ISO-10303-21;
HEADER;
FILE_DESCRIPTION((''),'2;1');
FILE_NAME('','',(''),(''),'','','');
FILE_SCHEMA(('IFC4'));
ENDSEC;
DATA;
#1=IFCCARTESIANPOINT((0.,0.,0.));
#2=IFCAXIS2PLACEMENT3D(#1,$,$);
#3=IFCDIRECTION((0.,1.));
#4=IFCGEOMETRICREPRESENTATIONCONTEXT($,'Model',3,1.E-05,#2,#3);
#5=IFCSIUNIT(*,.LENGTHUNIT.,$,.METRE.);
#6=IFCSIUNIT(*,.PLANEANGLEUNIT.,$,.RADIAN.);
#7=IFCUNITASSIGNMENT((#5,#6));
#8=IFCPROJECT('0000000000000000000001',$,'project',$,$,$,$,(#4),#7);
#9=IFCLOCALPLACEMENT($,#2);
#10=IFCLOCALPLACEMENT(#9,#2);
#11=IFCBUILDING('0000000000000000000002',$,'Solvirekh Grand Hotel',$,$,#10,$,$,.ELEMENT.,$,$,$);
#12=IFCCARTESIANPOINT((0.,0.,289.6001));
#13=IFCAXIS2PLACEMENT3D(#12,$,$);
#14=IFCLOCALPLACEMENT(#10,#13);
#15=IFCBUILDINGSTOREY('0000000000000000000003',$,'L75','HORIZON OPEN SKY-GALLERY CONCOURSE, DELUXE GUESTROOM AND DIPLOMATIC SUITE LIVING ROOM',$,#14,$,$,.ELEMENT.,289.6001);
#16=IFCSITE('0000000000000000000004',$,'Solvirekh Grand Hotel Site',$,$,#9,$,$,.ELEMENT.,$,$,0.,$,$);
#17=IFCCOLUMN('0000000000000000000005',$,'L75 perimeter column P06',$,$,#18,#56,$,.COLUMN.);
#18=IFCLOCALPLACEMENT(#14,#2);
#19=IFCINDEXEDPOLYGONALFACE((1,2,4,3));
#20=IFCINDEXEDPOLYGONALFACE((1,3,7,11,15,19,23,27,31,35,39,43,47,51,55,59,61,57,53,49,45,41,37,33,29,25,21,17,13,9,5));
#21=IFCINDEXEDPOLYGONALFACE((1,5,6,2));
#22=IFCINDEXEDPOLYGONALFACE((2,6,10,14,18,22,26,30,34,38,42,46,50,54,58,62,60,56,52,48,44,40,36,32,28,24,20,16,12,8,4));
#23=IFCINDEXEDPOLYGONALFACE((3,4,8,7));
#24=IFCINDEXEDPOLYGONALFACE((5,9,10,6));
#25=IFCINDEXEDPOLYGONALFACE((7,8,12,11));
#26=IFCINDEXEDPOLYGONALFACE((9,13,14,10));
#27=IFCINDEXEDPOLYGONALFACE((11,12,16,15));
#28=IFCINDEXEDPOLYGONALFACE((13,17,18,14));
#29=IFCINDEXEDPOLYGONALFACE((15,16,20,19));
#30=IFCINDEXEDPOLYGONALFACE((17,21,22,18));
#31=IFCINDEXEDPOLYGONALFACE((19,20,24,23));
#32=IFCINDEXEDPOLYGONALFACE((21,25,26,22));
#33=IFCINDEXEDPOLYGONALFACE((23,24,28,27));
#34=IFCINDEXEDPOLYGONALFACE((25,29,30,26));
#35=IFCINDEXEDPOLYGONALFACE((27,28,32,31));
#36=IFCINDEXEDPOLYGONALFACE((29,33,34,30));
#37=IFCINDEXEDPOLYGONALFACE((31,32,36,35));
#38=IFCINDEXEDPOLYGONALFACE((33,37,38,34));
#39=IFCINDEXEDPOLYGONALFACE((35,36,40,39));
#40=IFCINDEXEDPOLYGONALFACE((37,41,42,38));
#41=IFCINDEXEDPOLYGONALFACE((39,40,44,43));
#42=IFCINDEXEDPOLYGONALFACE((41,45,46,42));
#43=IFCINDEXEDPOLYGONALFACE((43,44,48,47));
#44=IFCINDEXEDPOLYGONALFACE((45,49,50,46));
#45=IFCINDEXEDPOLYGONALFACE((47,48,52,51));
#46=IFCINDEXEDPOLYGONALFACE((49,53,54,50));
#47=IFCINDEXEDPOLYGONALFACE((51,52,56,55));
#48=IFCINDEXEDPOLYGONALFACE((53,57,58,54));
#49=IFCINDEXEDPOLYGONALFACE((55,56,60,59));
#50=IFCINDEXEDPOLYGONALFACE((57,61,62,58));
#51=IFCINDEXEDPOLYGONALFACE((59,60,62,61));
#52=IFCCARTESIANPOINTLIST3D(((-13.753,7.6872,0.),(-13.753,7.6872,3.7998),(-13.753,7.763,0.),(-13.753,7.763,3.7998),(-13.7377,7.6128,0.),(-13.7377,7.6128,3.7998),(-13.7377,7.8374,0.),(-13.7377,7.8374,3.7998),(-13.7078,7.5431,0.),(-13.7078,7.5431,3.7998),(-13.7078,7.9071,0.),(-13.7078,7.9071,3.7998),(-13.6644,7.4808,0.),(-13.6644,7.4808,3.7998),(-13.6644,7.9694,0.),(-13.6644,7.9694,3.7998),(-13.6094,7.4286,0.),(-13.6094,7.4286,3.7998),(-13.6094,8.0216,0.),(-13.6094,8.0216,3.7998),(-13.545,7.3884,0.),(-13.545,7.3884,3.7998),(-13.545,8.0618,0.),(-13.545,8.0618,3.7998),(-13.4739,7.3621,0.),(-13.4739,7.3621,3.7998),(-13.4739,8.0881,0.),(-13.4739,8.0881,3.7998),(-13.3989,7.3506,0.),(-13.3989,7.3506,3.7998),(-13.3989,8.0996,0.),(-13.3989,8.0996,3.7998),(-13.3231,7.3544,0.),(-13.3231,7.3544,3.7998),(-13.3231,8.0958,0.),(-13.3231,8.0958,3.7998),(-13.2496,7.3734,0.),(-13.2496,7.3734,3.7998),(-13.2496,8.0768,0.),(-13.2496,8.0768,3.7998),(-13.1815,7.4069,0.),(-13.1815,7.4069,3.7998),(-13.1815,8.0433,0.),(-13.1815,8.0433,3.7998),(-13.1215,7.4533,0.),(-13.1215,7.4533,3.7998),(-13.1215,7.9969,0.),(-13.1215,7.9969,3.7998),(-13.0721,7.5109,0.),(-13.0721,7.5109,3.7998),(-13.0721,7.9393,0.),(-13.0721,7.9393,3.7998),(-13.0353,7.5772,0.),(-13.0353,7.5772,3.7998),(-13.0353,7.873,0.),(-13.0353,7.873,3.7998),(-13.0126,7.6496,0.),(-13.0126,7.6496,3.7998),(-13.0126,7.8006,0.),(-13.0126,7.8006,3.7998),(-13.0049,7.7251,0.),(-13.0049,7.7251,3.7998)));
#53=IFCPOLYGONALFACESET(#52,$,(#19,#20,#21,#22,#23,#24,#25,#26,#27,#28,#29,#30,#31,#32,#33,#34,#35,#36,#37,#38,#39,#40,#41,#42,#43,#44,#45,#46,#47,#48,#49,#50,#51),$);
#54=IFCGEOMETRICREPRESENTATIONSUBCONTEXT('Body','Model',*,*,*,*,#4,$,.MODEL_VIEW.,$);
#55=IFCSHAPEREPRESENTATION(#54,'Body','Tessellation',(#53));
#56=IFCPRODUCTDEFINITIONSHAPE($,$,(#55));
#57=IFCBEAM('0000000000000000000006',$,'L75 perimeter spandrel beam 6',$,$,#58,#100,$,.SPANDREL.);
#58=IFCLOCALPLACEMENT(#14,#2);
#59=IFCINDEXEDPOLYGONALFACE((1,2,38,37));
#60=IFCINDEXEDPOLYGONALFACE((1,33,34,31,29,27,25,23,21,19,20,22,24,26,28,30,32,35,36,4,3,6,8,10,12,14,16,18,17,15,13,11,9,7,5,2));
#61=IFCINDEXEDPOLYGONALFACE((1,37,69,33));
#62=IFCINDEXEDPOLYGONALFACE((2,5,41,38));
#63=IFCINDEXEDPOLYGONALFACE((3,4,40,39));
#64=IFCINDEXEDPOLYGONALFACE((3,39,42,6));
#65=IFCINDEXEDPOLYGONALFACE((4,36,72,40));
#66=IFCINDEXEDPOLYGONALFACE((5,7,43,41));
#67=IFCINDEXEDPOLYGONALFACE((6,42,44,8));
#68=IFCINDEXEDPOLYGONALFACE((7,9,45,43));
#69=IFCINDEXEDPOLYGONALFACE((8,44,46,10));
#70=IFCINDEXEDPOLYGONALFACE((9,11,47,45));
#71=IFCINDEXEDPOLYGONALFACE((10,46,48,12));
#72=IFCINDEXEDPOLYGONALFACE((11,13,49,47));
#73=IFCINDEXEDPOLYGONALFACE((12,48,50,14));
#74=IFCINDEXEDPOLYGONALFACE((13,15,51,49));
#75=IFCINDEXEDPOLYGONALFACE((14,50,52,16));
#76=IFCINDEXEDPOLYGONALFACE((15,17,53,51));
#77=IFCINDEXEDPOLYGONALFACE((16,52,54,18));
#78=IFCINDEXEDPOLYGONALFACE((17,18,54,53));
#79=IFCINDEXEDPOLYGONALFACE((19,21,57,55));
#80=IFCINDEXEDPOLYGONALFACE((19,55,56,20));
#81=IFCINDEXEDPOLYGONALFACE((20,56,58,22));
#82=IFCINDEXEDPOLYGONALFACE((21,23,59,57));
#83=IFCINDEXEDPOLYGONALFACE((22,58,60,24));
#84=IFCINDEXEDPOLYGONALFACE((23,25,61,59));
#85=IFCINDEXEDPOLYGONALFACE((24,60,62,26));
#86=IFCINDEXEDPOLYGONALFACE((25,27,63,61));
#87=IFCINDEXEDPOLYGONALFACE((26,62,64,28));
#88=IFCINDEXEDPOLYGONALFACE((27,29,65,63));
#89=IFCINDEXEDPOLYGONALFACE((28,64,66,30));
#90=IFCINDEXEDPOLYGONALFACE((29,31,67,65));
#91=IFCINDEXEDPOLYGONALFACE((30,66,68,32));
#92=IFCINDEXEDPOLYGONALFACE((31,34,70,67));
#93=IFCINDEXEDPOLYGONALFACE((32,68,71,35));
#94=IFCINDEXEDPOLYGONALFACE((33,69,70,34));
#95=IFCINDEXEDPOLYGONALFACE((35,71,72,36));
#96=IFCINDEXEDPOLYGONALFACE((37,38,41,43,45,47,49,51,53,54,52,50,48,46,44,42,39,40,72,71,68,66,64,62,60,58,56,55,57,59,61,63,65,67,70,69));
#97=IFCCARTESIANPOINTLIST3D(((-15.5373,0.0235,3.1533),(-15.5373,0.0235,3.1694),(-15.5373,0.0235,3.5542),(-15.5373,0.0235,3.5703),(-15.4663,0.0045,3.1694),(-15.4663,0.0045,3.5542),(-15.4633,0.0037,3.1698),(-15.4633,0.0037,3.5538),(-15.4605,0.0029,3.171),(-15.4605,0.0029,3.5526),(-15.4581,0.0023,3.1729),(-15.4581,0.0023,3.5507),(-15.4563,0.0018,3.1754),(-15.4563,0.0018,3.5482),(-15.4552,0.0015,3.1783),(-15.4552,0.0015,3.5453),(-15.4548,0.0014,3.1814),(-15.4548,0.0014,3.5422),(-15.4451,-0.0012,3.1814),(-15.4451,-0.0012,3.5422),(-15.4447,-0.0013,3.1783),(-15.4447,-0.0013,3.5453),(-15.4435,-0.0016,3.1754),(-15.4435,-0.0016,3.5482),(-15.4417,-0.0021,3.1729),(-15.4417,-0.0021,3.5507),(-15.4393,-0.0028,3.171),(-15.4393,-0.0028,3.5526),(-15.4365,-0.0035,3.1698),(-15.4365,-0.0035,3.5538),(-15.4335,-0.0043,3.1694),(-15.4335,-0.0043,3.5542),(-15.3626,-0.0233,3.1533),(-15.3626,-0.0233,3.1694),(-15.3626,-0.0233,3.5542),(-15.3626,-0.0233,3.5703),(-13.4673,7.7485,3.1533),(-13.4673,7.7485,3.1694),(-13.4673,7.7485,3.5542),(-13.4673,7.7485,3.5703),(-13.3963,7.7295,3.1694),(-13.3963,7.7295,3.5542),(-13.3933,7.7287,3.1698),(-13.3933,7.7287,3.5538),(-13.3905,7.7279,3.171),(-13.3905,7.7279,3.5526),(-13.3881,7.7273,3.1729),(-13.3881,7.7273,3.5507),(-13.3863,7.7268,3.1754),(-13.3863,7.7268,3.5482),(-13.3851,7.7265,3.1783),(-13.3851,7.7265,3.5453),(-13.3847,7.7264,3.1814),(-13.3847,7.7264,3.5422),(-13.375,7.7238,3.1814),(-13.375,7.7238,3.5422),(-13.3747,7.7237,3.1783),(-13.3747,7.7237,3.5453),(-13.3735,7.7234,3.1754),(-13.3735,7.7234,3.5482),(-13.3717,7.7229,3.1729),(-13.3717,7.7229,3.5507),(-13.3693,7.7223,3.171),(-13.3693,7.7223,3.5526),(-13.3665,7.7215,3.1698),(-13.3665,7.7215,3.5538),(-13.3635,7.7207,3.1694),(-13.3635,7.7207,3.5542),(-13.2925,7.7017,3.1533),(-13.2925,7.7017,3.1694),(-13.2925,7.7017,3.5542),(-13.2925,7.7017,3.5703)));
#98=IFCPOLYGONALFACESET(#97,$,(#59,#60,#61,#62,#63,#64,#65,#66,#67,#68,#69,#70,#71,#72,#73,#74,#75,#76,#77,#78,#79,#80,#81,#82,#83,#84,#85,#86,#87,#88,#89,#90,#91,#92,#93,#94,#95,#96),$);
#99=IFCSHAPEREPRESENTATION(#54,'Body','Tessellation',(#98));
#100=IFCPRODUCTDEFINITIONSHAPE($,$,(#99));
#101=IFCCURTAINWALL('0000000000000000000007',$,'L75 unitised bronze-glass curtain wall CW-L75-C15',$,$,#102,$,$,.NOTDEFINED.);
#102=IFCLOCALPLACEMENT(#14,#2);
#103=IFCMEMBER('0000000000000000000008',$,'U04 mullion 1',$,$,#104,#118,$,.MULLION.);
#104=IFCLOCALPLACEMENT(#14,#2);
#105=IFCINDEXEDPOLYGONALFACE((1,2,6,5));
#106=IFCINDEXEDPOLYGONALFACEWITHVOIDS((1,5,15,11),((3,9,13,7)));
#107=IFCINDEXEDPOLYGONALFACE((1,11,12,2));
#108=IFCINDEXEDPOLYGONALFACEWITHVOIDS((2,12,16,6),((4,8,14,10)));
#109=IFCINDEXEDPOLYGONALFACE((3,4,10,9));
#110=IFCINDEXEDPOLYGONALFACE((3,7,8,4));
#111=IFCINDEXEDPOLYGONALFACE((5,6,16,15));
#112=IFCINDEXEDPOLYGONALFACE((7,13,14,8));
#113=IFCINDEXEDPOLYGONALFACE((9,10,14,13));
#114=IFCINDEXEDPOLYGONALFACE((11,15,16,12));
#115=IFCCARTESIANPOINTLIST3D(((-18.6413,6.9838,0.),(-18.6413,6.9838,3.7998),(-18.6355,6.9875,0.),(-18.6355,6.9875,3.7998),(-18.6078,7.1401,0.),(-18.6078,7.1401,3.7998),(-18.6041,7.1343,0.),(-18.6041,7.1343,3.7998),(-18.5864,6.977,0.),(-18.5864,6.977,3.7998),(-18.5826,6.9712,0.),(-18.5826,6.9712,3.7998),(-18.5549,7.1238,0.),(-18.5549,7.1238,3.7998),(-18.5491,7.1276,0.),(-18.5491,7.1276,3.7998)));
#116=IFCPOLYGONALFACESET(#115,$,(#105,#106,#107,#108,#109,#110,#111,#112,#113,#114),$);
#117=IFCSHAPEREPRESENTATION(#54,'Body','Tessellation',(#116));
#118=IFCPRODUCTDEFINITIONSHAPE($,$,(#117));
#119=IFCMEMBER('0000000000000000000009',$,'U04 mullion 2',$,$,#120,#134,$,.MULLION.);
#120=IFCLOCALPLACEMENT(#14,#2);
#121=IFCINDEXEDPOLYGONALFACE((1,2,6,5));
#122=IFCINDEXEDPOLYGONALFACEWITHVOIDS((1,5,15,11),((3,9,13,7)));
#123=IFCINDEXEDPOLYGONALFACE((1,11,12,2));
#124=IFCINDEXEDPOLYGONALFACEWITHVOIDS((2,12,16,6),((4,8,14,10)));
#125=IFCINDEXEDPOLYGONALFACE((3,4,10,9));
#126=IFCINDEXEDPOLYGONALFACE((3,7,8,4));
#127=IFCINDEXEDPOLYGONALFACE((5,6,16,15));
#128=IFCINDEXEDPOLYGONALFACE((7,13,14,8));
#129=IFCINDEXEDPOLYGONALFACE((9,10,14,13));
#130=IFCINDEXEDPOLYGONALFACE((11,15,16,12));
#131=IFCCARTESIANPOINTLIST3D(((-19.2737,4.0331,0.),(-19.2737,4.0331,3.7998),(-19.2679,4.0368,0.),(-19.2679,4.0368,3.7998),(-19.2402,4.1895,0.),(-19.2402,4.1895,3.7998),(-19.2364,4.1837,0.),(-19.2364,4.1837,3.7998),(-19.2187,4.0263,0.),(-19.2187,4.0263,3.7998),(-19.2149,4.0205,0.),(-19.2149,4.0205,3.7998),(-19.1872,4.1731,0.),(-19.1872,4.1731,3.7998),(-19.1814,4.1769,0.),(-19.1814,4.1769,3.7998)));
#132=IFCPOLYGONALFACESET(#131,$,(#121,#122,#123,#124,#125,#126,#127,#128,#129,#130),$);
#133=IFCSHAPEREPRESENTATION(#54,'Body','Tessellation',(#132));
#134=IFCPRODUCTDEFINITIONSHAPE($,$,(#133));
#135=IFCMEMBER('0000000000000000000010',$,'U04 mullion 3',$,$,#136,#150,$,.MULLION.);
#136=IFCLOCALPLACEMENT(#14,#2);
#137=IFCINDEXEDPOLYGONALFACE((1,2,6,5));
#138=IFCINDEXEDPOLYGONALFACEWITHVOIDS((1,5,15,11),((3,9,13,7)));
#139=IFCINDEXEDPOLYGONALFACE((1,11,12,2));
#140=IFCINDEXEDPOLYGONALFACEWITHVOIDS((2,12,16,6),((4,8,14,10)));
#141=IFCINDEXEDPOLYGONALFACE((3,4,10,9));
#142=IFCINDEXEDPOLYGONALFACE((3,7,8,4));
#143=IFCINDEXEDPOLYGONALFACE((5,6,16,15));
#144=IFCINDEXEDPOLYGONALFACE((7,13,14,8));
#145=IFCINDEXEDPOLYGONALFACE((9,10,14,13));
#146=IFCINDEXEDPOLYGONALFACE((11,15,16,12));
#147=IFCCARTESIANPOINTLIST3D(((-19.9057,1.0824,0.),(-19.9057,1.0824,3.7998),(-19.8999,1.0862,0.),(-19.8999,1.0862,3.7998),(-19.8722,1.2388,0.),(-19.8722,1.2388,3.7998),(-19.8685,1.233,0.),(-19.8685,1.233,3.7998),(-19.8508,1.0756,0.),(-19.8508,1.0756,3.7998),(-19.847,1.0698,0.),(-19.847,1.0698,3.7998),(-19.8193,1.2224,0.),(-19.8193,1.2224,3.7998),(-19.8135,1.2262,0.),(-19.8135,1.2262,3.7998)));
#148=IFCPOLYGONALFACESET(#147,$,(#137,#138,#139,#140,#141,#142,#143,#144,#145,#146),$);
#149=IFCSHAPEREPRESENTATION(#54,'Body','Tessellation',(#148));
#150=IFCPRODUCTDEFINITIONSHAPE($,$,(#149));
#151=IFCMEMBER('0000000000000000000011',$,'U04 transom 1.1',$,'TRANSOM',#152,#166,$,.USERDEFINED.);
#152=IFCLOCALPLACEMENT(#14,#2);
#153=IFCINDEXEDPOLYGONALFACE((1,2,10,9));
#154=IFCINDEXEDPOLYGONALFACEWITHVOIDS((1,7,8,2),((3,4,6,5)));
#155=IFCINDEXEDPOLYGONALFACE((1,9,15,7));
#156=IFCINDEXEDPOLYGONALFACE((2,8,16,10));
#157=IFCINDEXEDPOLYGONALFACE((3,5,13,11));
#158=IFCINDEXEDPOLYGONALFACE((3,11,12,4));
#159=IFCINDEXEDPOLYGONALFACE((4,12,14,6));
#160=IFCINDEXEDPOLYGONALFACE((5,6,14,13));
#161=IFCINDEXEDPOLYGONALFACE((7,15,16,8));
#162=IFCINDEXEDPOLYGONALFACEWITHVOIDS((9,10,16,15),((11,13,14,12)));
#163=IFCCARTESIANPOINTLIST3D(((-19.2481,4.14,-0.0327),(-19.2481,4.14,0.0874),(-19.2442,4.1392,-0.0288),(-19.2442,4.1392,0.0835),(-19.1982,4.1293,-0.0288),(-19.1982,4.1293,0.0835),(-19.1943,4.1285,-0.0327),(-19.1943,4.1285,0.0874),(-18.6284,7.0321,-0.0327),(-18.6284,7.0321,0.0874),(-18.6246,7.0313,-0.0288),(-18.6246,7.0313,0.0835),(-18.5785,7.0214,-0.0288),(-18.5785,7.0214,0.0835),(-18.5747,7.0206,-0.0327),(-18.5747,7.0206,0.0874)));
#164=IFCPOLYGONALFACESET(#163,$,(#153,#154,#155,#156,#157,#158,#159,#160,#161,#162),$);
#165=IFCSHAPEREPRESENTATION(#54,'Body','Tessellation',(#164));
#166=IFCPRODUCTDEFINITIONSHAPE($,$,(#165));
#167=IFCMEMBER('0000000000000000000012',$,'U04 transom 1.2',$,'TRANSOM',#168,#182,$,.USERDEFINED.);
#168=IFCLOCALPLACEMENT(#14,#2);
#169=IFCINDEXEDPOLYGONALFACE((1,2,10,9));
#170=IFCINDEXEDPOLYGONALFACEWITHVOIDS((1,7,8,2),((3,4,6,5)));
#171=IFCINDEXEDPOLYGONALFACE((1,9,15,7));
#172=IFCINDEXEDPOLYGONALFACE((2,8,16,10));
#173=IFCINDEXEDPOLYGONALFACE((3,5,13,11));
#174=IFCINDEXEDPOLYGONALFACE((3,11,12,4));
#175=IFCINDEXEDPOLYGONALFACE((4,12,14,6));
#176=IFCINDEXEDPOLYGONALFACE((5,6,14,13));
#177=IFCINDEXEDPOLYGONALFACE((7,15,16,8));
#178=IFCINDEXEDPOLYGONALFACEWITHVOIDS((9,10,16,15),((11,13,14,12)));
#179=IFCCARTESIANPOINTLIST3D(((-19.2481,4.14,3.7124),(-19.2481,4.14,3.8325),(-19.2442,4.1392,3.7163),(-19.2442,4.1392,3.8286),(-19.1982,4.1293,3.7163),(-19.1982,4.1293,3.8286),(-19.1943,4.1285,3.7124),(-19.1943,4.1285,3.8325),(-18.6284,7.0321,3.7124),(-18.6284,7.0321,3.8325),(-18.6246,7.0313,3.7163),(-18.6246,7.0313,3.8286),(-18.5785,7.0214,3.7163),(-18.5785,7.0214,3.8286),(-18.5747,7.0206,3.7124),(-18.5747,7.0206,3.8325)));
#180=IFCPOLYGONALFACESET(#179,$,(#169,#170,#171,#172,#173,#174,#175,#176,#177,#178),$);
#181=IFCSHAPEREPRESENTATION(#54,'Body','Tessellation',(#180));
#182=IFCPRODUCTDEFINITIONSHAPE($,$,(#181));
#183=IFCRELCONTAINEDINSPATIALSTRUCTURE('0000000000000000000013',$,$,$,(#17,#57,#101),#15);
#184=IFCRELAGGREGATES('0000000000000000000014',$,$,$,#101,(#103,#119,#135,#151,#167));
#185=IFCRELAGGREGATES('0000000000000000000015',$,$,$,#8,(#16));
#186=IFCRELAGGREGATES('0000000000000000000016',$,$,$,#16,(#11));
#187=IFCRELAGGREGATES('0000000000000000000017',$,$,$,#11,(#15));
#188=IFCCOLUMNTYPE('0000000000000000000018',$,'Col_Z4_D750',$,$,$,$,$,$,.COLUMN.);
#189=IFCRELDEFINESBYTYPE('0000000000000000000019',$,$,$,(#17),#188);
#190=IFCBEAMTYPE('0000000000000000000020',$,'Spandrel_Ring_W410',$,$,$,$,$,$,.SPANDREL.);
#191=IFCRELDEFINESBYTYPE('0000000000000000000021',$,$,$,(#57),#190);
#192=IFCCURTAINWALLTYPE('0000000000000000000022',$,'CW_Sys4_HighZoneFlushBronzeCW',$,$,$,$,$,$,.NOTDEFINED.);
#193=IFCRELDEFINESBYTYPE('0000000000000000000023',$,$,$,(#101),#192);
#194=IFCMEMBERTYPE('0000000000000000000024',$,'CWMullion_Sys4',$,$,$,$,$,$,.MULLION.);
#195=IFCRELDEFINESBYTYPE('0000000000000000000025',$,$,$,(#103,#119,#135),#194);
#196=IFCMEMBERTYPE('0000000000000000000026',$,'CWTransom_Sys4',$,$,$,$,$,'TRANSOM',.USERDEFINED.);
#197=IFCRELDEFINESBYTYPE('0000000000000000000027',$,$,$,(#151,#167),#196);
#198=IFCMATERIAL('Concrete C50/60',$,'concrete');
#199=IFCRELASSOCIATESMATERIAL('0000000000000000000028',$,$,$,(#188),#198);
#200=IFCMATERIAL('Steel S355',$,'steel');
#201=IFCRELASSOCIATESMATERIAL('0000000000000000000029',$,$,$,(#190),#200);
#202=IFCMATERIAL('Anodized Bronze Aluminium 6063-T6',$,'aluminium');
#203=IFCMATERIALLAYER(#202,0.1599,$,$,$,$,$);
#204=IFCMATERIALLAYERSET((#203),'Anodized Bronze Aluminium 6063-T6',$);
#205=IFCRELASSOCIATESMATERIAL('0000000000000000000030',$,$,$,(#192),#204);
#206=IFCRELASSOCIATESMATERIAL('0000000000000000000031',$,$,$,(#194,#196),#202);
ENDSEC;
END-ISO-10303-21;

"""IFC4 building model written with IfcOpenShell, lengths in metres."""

from ifc_helpers import new_model, si_unit, direction, frame, origin, origin_2d, place, context, subcontext, project, spatial, hollow_rectangle, circle, i_section, extrude, source, transform, mapped, material, layer, layer_set, material_profile, profile_set, type_object, element, aggregate, save


model = new_model("IFC4")

# Units and contexts
model_context = context("Model", 3, precision=1e-05, world=origin(), true_north=direction((0.0, 1.0)))
body_context = subcontext(model_context, "Body", "Model", "MODEL_VIEW")
ifc_project = project(units=[si_unit("LENGTHUNIT", "METRE"), si_unit("PLANEANGLEUNIT", "RADIAN")], contexts=[model_context])

# Site, building, storey
site_placement = place(None, origin())
site = spatial("IfcSite", under=ifc_project, at=site_placement, Name="Solvirekh Grand Hotel Site", CompositionType="ELEMENT", RefElevation=0.0)
building_placement = place(site_placement, origin())
building = spatial("IfcBuilding", under=site, at=building_placement, Name="Solvirekh Grand Hotel", CompositionType="ELEMENT")
storey_placement = place(building_placement, frame((0.0, 0.0, 289.6001)))
storey = spatial("IfcBuildingStorey", under=building, at=storey_placement, Name="L75", Description="HORIZON OPEN SKY-GALLERY CONCOURSE, DELUXE GUESTROOM AND DIPLOMATIC SUITE LIVING ROOM", CompositionType="ELEMENT", Elevation=289.6001)

# Column
ifc_material_1 = material(Name="Concrete C50/60", Category="concrete")
ifc_material_profile_1 = material_profile(ifc_material_1, circle(Radius=0.375, at=origin_2d()), Name="RC CIRC D750")
ifc_profile_set_1 = profile_set([ifc_material_profile_1], Name="Concrete C50/60")
column_type = type_object("IfcColumnType", Name="Col_Z4_D750", PredefinedType="COLUMN", material=ifc_profile_set_1)
column_placement = place(storey_placement, frame((-13.3799, 7.7251, 0.0), z_axis=(0.0, 0.0, 1.0), x_axis=(1.0, 0.0, 0.0)))
element("IfcColumn", 1, at=column_placement, inside=storey, type_object=column_type, Name="L75 perimeter column P06", PredefinedType="COLUMN", context=body_context, shape_type="SweptSolid", body=[
    extrude(circle(Radius=0.375, at=origin_2d()), origin(), (0.0, 0.0, 1.0), 3.7998),
])

# Beam
ifc_material_2 = material(Name="Steel S355", Category="steel")
ifc_material_profile_2 = material_profile(ifc_material_2, i_section(OverallWidth=0.1809, OverallDepth=0.417, WebThickness=0.01, FlangeThickness=0.0161, FilletRadius=0.012, at=origin_2d()), Name="W410X85")
ifc_profile_set_2 = profile_set([ifc_material_profile_2], Name="Steel S355")
beam_type = type_object("IfcBeamType", Name="Spandrel_Ring_W410", PredefinedType="SPANDREL", material=ifc_profile_set_2)
beam_placement = place(storey_placement, frame((-13.3799, 7.7251, 3.3618), z_axis=(-0.258835, -0.965922, 0.0), x_axis=(0.965922, -0.258835, 0.0)))
element("IfcBeam", 2, at=beam_placement, inside=storey, type_object=beam_type, Name="L75 perimeter spandrel beam 6", PredefinedType="SPANDREL", context=body_context, shape_type="SweptSolid", body=[
    extrude(i_section(OverallWidth=0.1809, OverallDepth=0.417, WebThickness=0.01, FlangeThickness=0.0161, FilletRadius=0.012, at=origin_2d()), origin(), (0.0, 0.0, 1.0), 7.9976),
])

# Curtain wall, members
ifc_material_3 = material(Name="Anodized Bronze Aluminium 6063-T6", Category="aluminium")
ifc_layer_1 = layer(ifc_material_3, 0.1599)
ifc_layer_set_1 = layer_set([ifc_layer_1], Name="Anodized Bronze Aluminium 6063-T6")
curtain_wall_type = type_object("IfcCurtainWallType", Name="CW_Sys4_HighZoneFlushBronzeCW", PredefinedType="NOTDEFINED", material=ifc_layer_set_1)
curtain_wall_placement = place(storey_placement, origin())
curtain_wall = element("IfcCurtainWall", 3, at=curtain_wall_placement, inside=storey, type_object=curtain_wall_type, Name="L75 unitised bronze-glass curtain wall CW-L75-C15", PredefinedType="NOTDEFINED")
ifc_material_profile_3 = material_profile(ifc_material_3, hollow_rectangle(XDim=0.0601, YDim=0.1599, WallThickness=0.0049, at=origin_2d()), Name="ALU RHS 160X60X5")
ifc_profile_set_3 = profile_set([ifc_material_profile_3], Name="Anodized Bronze Aluminium 6063-T6")
member_type_1 = type_object("IfcMemberType", Name="CWMullion_Sys4", PredefinedType="MULLION", material=ifc_profile_set_3)
shared_shape_1 = source(origin(), body_context, "Body", "SweptSolid", [
    extrude(hollow_rectangle(XDim=0.0601, YDim=0.1599, WallThickness=0.0049, at=origin_2d()), origin(), (0.0, 0.0, 1.0), 3.7998),
])
member_1_placement = place(storey_placement, frame((-18.5952, 7.0557, 0.0), z_axis=(0.0, 0.0, 1.0), x_axis=(0.977807, -0.209507, 0.0)))
member_1 = element("IfcMember", 4, at=member_1_placement, type_object=member_type_1, Name="U04 mullion 1", PredefinedType="MULLION", context=body_context, shape_type="MappedRepresentation", body=[
    mapped(shared_shape_1, transform((0.0, 0.0, 0.0), x_axis=(1.0, 0.0, 0.0), y_axis=(0.0, 1.0, 0.0), z_axis=(0.0, 0.0, 1.0), scale=1.0)),
])
member_2_placement = place(storey_placement, frame((-19.2275, 4.105, 0.0), z_axis=(0.0, 0.0, 1.0), x_axis=(0.977807, -0.209507, 0.0)))
member_2 = element("IfcMember", 5, at=member_2_placement, type_object=member_type_1, Name="U04 mullion 2", PredefinedType="MULLION", context=body_context, shape_type="MappedRepresentation", body=[
    mapped(shared_shape_1, transform((0.0, 0.0, 0.0), x_axis=(1.0, 0.0, 0.0), y_axis=(0.0, 1.0, 0.0), z_axis=(0.0, 0.0, 1.0), scale=1.0)),
])
member_3_placement = place(storey_placement, frame((-19.8596, 1.1543, 0.0), z_axis=(0.0, 0.0, 1.0), x_axis=(0.977807, -0.209507, 0.0)))
member_3 = element("IfcMember", 6, at=member_3_placement, type_object=member_type_1, Name="U04 mullion 3", PredefinedType="MULLION", context=body_context, shape_type="MappedRepresentation", body=[
    mapped(shared_shape_1, transform((0.0, 0.0, 0.0), x_axis=(1.0, 0.0, 0.0), y_axis=(0.0, 1.0, 0.0), z_axis=(0.0, 0.0, 1.0), scale=1.0)),
])
ifc_material_profile_4 = material_profile(ifc_material_3, hollow_rectangle(XDim=0.0549, YDim=0.1201, WallThickness=0.0039, at=origin_2d()), Name="ALU RHS 120X55X4")
ifc_profile_set_4 = profile_set([ifc_material_profile_4], Name="Anodized Bronze Aluminium 6063-T6")
member_type_2 = type_object("IfcMemberType", Name="CWTransom_Sys4", ElementType="TRANSOM", PredefinedType="USERDEFINED", material=ifc_profile_set_4)
shared_shape_2 = source(origin(), body_context, "Body", "SweptSolid", [
    extrude(hollow_rectangle(XDim=0.0549, YDim=0.1201, WallThickness=0.0039, at=origin_2d()), origin(), (0.0, 0.0, 1.0), 2.9578),
])
member_4_placement = place(storey_placement, frame((-18.6016, 7.0264, 0.0273), z_axis=(-0.209495, -0.97781, 0.0), x_axis=(0.97781, -0.209495, 0.0)))
member_4 = element("IfcMember", 7, at=member_4_placement, type_object=member_type_2, Name="U04 transom 1.1", ObjectType="TRANSOM", PredefinedType="USERDEFINED", context=body_context, shape_type="MappedRepresentation", body=[
    mapped(shared_shape_2, transform((0.0, 0.0, 0.0), x_axis=(1.0, 0.0, 0.0), y_axis=(0.0, 1.0, 0.0), z_axis=(0.0, 0.0, 1.0), scale=1.0)),
])
member_5_placement = place(storey_placement, frame((-18.6016, 7.0264, 3.7725), z_axis=(-0.209495, -0.97781, 0.0), x_axis=(0.97781, -0.209495, 0.0)))
member_5 = element("IfcMember", 8, at=member_5_placement, type_object=member_type_2, Name="U04 transom 1.2", ObjectType="TRANSOM", PredefinedType="USERDEFINED", context=body_context, shape_type="MappedRepresentation", body=[
    mapped(shared_shape_2, transform((0.0, 0.0, 0.0), x_axis=(1.0, 0.0, 0.0), y_axis=(0.0, 1.0, 0.0), z_axis=(0.0, 0.0, 1.0), scale=1.0)),
])
aggregate(curtain_wall, [member_1, member_2, member_3, member_4, member_5])

save(model, "model.ifc")
